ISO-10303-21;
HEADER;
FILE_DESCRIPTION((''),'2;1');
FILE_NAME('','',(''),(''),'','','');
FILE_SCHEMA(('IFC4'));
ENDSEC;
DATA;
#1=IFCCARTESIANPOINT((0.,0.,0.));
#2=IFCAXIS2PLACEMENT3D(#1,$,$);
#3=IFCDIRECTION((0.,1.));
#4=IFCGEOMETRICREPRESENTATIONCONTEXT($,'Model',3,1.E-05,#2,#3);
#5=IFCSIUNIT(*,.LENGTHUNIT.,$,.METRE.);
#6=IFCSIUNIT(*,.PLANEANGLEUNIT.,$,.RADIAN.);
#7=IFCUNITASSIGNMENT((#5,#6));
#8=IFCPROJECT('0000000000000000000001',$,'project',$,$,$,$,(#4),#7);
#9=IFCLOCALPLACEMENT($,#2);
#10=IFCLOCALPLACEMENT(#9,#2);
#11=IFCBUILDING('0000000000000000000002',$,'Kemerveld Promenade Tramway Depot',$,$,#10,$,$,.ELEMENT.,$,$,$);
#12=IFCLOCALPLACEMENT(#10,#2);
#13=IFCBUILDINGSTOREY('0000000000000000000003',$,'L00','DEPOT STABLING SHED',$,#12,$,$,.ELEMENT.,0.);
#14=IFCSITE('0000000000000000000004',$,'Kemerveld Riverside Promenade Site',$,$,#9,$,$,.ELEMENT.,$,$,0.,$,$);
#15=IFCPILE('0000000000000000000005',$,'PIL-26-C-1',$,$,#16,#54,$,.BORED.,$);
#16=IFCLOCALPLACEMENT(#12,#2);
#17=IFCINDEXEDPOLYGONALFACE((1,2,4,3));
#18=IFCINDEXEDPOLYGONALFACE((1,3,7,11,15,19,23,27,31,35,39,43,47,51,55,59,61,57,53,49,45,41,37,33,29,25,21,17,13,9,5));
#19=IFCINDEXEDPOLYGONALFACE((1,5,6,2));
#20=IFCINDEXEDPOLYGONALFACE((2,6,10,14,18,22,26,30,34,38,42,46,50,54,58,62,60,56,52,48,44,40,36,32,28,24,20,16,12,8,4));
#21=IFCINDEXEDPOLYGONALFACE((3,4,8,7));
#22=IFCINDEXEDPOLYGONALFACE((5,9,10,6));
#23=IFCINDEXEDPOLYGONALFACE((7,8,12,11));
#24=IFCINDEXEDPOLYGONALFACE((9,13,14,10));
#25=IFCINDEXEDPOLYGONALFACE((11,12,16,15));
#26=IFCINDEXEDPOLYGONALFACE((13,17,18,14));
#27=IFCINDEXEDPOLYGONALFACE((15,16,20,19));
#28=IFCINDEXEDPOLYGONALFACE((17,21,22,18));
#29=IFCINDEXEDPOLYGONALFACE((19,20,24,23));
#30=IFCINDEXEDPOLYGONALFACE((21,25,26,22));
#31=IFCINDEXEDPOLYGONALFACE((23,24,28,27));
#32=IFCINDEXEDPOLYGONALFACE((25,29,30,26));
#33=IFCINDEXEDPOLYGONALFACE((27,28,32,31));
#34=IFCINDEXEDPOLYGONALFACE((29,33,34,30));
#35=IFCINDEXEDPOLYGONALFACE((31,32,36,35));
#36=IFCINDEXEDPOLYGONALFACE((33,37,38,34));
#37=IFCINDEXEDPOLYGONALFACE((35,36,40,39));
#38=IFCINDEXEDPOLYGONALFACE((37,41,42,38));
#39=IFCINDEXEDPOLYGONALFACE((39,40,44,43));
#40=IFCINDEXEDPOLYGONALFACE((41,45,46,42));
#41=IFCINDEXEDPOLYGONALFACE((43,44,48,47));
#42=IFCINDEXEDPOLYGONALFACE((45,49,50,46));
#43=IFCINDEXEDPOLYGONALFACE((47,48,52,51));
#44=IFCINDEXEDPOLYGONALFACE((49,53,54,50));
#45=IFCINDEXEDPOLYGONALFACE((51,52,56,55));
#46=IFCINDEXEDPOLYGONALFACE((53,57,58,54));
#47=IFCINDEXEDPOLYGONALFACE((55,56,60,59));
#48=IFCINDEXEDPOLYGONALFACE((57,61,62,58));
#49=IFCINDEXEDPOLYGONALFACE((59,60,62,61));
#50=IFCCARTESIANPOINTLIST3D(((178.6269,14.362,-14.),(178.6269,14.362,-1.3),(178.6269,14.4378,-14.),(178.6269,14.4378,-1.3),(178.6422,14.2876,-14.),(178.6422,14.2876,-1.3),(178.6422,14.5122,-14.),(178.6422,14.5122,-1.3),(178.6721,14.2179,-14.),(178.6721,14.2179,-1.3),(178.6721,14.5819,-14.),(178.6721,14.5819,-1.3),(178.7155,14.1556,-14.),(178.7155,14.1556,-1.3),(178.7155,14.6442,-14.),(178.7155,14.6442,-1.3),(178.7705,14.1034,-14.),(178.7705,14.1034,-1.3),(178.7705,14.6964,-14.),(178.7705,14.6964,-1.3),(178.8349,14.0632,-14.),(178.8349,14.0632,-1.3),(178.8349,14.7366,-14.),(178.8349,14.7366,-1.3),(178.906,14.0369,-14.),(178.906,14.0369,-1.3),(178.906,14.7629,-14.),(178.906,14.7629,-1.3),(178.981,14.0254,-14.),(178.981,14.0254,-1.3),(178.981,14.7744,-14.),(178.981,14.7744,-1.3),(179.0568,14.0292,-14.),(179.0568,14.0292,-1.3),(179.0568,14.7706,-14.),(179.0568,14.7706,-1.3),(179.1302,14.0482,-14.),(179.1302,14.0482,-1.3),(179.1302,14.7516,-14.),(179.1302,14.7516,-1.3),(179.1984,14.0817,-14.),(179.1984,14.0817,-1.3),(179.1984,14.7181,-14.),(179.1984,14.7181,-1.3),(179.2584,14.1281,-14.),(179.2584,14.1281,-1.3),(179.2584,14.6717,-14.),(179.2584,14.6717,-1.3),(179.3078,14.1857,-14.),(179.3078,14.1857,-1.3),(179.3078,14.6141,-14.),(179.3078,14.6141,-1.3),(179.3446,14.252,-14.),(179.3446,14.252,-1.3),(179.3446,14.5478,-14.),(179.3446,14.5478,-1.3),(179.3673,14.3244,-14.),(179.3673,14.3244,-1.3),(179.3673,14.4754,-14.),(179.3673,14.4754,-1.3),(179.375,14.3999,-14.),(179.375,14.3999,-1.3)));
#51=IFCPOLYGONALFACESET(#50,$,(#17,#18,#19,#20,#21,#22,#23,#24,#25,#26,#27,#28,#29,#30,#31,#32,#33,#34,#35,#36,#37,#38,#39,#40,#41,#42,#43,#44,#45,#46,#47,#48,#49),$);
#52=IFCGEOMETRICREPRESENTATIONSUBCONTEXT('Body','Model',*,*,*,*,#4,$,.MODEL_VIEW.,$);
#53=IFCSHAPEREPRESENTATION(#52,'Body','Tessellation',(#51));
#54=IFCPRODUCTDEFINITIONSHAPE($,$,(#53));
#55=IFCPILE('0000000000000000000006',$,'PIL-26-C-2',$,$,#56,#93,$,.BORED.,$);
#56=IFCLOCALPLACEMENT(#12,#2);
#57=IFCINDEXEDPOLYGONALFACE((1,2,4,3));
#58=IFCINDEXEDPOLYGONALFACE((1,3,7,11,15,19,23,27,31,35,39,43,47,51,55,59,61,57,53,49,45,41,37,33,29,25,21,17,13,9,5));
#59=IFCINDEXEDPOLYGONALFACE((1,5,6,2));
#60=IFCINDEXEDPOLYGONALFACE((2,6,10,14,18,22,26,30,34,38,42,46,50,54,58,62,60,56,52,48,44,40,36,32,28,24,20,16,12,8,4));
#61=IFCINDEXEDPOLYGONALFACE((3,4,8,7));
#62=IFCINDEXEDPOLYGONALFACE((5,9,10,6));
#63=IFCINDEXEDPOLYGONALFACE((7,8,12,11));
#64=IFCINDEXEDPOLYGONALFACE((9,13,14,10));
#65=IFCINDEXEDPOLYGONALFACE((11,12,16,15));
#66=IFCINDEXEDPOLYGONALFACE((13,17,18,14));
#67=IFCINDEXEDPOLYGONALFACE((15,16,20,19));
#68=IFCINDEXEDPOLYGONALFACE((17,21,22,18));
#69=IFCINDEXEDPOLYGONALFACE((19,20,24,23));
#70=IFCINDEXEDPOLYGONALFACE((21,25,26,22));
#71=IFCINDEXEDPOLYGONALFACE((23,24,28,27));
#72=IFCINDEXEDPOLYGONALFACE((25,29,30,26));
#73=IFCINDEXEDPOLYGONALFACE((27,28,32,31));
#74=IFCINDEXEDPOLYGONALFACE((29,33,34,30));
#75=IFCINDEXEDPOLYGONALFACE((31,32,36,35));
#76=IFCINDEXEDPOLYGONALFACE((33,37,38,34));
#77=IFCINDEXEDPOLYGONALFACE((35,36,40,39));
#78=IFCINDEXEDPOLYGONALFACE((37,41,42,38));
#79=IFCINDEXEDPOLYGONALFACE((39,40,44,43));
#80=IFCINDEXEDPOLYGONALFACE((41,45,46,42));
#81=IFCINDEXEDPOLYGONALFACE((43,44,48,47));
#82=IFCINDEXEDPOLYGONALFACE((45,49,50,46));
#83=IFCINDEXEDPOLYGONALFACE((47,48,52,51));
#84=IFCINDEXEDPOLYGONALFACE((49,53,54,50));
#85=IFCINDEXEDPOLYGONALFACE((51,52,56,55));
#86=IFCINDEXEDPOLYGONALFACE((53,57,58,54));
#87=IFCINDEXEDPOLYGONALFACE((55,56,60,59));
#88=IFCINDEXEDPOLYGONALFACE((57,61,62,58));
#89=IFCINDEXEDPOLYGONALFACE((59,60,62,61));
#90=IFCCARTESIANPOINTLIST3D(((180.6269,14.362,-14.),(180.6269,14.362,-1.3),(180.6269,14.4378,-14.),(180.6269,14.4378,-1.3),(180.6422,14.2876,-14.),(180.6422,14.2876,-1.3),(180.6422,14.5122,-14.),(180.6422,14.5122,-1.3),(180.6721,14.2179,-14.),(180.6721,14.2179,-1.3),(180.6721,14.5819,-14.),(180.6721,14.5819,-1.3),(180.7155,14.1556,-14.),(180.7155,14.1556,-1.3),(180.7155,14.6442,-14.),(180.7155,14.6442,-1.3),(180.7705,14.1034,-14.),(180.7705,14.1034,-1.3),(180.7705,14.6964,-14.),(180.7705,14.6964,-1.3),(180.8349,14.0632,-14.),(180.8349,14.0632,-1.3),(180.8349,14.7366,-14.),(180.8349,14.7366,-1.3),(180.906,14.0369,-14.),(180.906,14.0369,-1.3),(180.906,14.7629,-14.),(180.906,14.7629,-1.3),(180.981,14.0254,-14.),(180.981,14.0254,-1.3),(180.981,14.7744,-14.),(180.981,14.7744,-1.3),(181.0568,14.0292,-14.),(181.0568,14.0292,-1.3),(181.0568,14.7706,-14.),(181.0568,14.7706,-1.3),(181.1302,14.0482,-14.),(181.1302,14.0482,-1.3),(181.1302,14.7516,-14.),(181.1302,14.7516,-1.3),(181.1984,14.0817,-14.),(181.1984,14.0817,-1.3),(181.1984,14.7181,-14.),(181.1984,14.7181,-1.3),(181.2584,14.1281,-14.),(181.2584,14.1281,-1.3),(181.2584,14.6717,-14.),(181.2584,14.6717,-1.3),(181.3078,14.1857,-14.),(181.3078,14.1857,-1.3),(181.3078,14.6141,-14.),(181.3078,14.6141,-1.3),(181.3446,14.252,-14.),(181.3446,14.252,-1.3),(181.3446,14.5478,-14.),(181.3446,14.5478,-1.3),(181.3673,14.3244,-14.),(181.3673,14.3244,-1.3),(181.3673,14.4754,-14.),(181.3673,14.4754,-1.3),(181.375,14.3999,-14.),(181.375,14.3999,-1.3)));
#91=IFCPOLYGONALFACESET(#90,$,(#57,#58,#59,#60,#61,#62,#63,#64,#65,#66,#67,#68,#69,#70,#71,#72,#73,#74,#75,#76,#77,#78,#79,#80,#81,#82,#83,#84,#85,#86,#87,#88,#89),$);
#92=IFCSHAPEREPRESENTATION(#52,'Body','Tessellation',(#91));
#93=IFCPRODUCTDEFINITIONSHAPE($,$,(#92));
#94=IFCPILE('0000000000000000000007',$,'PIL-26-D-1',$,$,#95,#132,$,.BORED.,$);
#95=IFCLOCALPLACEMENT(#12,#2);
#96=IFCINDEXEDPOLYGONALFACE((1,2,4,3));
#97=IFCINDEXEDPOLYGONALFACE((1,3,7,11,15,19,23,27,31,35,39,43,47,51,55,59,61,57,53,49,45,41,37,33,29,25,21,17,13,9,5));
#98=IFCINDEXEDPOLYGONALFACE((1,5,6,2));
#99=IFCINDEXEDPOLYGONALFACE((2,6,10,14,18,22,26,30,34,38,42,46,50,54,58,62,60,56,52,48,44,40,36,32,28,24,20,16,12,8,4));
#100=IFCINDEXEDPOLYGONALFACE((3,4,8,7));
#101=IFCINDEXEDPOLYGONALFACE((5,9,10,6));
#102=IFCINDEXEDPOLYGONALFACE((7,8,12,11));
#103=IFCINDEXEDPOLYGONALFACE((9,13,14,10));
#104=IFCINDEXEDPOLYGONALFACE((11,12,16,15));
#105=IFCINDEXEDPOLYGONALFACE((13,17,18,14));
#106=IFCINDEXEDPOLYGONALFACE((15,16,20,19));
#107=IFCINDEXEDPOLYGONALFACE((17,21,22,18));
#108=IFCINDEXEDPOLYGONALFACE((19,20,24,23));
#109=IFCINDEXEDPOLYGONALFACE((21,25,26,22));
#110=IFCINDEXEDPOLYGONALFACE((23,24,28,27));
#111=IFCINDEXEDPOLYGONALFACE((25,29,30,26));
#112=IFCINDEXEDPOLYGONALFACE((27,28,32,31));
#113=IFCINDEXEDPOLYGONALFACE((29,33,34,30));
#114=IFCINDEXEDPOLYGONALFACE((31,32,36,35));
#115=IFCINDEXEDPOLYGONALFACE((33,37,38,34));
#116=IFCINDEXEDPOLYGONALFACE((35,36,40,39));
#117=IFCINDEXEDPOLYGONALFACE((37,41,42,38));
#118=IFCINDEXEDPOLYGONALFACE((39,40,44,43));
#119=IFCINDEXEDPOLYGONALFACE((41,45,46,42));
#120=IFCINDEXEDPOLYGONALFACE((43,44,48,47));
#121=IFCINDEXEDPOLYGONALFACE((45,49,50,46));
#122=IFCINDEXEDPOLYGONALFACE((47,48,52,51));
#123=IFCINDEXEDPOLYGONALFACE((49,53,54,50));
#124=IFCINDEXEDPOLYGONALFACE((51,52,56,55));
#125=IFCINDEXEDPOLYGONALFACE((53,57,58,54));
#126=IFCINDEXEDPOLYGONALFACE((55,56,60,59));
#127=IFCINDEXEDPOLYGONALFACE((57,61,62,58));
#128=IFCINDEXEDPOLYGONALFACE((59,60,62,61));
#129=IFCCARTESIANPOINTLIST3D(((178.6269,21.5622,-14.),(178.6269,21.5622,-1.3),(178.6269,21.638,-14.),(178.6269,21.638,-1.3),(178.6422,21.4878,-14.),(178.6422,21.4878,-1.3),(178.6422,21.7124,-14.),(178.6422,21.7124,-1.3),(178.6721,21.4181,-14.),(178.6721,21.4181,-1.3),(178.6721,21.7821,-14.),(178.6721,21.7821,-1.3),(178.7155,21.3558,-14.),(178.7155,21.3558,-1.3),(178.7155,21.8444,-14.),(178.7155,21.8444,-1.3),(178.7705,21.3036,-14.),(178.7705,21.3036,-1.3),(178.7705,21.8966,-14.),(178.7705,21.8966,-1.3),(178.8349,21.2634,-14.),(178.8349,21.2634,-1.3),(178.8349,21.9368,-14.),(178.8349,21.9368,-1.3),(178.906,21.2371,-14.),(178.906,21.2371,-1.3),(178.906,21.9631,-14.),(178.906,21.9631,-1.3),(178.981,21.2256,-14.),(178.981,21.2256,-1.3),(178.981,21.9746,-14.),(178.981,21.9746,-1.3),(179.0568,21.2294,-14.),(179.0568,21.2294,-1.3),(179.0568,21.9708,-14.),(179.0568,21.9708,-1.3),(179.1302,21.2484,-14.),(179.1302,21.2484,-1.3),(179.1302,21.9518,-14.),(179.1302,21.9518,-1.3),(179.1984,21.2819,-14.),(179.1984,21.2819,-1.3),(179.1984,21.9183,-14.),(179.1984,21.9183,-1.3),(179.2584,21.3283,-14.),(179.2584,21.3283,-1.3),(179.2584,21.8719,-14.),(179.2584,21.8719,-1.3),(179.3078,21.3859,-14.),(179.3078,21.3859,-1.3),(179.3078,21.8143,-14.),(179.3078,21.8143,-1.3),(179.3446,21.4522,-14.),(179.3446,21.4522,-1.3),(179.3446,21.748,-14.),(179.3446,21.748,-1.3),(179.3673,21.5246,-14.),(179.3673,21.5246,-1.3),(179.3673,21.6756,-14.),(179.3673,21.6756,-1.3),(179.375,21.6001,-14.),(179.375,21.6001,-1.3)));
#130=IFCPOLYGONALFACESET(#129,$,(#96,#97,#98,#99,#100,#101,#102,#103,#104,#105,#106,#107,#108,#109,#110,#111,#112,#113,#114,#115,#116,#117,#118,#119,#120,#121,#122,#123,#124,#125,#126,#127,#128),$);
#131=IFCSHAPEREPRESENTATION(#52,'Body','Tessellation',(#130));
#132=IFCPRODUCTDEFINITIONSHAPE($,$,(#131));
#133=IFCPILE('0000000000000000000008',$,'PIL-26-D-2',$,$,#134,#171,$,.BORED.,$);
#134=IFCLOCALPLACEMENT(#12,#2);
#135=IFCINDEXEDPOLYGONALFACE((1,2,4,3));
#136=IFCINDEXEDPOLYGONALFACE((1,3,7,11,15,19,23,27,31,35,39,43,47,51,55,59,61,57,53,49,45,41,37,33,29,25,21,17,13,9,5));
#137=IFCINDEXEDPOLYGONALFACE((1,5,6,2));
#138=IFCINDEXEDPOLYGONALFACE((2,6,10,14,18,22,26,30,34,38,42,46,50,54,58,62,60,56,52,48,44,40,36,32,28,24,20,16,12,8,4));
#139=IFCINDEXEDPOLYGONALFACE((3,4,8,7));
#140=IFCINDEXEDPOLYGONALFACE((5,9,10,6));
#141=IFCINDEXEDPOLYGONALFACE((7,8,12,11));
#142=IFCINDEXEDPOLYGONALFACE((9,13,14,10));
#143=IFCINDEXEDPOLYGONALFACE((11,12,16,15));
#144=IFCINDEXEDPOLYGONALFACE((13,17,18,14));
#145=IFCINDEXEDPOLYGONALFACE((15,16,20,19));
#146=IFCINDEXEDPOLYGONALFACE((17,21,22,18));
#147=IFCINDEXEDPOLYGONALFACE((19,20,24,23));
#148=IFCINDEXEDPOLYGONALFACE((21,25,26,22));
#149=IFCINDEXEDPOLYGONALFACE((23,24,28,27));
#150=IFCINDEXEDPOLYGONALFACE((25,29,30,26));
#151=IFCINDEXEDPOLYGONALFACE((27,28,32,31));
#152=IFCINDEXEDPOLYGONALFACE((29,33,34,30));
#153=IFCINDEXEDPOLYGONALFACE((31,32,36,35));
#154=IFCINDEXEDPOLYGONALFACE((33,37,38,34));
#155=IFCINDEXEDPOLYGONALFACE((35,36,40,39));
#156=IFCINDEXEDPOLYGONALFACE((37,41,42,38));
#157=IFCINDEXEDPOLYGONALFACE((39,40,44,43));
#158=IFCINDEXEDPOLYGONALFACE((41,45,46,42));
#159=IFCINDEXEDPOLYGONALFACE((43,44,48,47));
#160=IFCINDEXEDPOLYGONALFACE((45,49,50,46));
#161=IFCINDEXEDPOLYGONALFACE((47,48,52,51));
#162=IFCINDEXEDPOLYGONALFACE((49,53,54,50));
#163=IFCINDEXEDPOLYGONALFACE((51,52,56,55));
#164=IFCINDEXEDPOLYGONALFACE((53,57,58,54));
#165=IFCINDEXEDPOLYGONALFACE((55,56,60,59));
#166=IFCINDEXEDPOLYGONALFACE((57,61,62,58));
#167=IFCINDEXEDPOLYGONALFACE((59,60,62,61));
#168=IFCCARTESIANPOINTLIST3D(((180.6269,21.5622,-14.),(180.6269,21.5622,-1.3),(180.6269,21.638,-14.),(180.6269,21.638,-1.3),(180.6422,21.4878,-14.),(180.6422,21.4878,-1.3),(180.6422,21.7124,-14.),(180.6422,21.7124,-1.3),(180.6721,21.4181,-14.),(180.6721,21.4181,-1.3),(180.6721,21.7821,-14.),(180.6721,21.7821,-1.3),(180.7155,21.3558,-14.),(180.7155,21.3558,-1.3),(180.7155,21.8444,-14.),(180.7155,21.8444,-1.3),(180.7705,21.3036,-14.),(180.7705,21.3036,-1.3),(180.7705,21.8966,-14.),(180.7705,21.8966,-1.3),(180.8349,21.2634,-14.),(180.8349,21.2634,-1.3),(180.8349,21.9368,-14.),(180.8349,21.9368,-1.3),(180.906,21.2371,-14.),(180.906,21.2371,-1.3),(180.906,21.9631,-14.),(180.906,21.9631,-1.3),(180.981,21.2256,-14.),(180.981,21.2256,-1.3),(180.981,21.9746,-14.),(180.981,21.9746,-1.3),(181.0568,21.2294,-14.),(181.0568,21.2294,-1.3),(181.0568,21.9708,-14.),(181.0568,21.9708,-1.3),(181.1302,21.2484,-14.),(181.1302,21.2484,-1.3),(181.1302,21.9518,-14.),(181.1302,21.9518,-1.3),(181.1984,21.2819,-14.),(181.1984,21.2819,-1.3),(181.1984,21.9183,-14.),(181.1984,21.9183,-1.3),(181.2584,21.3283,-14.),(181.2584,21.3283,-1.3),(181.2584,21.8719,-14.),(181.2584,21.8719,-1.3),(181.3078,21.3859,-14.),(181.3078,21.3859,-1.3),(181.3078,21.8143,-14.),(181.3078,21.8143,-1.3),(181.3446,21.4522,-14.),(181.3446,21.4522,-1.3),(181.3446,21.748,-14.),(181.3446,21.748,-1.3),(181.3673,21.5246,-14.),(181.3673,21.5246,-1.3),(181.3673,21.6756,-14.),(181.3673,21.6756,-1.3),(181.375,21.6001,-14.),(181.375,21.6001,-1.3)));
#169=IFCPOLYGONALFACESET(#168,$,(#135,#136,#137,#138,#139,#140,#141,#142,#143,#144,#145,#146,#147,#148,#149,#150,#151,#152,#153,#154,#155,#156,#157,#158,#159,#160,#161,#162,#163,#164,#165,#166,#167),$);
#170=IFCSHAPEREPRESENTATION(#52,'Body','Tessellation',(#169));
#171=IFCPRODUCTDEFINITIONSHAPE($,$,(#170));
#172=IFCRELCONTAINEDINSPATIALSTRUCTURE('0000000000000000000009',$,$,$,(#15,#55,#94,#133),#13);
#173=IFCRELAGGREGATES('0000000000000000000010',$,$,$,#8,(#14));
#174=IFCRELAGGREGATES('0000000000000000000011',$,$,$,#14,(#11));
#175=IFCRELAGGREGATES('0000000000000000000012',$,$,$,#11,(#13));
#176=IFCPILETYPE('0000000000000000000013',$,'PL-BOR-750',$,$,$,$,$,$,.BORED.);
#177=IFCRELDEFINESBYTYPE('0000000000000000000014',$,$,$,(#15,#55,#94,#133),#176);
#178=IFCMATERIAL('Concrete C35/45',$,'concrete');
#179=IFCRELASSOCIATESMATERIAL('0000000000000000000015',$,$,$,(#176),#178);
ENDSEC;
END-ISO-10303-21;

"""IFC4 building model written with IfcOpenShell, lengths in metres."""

from ifc_helpers import new_model, si_unit, direction, frame, origin, origin_2d, place, context, subcontext, project, spatial, circle, extrude, material, material_profile, profile_set, type_object, element, save


model = new_model("IFC4")

# Units and contexts
model_context = context("Model", 3, precision=1e-05, world=origin(), true_north=direction((0.0, 1.0)))
body_context = subcontext(model_context, "Body", "Model", "MODEL_VIEW")
ifc_project = project(units=[si_unit("LENGTHUNIT", "METRE"), si_unit("PLANEANGLEUNIT", "RADIAN")], contexts=[model_context])

# Site, building, storey
site_placement = place(None, origin())
site = spatial("IfcSite", under=ifc_project, at=site_placement, Name="Kemerveld Riverside Promenade Site", CompositionType="ELEMENT", RefElevation=0.0)
building_placement = place(site_placement, origin())
building = spatial("IfcBuilding", under=site, at=building_placement, Name="Kemerveld Promenade Tramway Depot", CompositionType="ELEMENT")
storey_placement = place(building_placement, origin())
storey = spatial("IfcBuildingStorey", under=building, at=storey_placement, Name="L00", Description="DEPOT STABLING SHED", CompositionType="ELEMENT", Elevation=0.0)

# Shared definitions
ifc_material_1 = material(Name="Concrete C35/45", Category="concrete")

# Piles
ifc_material_profile_1 = material_profile(ifc_material_1, circle(Radius=0.375, at=origin_2d()), Name="PILE-D750")
ifc_profile_set_1 = profile_set([ifc_material_profile_1], Name="Concrete C35/45")
pile_type_1 = type_object("IfcPileType", Name="PL-BOR-750", PredefinedType="BORED", material=ifc_profile_set_1)
for number, where, z_axis, x_axis, name in (
    (1, (179.0, 14.3999, -1.3), (0.0, 0.0, -1.0), (1.0, 0.0, 0.0), "PIL-26-C-1"),
    (2, (181.0, 14.3999, -1.3), (0.0, 0.0, -1.0), (1.0, 0.0, 0.0), "PIL-26-C-2"),
    (3, (179.0, 21.6001, -1.3), (0.0, 0.0, -1.0), (1.0, 0.0, 0.0), "PIL-26-D-1"),
    (4, (181.0, 21.6001, -1.3), (0.0, 0.0, -1.0), (1.0, 0.0, 0.0), "PIL-26-D-2"),
):
    element("IfcPile", number, at=place(storey_placement, frame(where, z_axis=z_axis, x_axis=x_axis)), inside=storey, type_object=pile_type_1, Name=name, PredefinedType="BORED", context=body_context, shape_type="SweptSolid", body=[
        extrude(circle(Radius=0.375, at=origin_2d()), origin(), (0.0, 0.0, 1.0), 12.7),
    ])

save(model, "model.ifc")
